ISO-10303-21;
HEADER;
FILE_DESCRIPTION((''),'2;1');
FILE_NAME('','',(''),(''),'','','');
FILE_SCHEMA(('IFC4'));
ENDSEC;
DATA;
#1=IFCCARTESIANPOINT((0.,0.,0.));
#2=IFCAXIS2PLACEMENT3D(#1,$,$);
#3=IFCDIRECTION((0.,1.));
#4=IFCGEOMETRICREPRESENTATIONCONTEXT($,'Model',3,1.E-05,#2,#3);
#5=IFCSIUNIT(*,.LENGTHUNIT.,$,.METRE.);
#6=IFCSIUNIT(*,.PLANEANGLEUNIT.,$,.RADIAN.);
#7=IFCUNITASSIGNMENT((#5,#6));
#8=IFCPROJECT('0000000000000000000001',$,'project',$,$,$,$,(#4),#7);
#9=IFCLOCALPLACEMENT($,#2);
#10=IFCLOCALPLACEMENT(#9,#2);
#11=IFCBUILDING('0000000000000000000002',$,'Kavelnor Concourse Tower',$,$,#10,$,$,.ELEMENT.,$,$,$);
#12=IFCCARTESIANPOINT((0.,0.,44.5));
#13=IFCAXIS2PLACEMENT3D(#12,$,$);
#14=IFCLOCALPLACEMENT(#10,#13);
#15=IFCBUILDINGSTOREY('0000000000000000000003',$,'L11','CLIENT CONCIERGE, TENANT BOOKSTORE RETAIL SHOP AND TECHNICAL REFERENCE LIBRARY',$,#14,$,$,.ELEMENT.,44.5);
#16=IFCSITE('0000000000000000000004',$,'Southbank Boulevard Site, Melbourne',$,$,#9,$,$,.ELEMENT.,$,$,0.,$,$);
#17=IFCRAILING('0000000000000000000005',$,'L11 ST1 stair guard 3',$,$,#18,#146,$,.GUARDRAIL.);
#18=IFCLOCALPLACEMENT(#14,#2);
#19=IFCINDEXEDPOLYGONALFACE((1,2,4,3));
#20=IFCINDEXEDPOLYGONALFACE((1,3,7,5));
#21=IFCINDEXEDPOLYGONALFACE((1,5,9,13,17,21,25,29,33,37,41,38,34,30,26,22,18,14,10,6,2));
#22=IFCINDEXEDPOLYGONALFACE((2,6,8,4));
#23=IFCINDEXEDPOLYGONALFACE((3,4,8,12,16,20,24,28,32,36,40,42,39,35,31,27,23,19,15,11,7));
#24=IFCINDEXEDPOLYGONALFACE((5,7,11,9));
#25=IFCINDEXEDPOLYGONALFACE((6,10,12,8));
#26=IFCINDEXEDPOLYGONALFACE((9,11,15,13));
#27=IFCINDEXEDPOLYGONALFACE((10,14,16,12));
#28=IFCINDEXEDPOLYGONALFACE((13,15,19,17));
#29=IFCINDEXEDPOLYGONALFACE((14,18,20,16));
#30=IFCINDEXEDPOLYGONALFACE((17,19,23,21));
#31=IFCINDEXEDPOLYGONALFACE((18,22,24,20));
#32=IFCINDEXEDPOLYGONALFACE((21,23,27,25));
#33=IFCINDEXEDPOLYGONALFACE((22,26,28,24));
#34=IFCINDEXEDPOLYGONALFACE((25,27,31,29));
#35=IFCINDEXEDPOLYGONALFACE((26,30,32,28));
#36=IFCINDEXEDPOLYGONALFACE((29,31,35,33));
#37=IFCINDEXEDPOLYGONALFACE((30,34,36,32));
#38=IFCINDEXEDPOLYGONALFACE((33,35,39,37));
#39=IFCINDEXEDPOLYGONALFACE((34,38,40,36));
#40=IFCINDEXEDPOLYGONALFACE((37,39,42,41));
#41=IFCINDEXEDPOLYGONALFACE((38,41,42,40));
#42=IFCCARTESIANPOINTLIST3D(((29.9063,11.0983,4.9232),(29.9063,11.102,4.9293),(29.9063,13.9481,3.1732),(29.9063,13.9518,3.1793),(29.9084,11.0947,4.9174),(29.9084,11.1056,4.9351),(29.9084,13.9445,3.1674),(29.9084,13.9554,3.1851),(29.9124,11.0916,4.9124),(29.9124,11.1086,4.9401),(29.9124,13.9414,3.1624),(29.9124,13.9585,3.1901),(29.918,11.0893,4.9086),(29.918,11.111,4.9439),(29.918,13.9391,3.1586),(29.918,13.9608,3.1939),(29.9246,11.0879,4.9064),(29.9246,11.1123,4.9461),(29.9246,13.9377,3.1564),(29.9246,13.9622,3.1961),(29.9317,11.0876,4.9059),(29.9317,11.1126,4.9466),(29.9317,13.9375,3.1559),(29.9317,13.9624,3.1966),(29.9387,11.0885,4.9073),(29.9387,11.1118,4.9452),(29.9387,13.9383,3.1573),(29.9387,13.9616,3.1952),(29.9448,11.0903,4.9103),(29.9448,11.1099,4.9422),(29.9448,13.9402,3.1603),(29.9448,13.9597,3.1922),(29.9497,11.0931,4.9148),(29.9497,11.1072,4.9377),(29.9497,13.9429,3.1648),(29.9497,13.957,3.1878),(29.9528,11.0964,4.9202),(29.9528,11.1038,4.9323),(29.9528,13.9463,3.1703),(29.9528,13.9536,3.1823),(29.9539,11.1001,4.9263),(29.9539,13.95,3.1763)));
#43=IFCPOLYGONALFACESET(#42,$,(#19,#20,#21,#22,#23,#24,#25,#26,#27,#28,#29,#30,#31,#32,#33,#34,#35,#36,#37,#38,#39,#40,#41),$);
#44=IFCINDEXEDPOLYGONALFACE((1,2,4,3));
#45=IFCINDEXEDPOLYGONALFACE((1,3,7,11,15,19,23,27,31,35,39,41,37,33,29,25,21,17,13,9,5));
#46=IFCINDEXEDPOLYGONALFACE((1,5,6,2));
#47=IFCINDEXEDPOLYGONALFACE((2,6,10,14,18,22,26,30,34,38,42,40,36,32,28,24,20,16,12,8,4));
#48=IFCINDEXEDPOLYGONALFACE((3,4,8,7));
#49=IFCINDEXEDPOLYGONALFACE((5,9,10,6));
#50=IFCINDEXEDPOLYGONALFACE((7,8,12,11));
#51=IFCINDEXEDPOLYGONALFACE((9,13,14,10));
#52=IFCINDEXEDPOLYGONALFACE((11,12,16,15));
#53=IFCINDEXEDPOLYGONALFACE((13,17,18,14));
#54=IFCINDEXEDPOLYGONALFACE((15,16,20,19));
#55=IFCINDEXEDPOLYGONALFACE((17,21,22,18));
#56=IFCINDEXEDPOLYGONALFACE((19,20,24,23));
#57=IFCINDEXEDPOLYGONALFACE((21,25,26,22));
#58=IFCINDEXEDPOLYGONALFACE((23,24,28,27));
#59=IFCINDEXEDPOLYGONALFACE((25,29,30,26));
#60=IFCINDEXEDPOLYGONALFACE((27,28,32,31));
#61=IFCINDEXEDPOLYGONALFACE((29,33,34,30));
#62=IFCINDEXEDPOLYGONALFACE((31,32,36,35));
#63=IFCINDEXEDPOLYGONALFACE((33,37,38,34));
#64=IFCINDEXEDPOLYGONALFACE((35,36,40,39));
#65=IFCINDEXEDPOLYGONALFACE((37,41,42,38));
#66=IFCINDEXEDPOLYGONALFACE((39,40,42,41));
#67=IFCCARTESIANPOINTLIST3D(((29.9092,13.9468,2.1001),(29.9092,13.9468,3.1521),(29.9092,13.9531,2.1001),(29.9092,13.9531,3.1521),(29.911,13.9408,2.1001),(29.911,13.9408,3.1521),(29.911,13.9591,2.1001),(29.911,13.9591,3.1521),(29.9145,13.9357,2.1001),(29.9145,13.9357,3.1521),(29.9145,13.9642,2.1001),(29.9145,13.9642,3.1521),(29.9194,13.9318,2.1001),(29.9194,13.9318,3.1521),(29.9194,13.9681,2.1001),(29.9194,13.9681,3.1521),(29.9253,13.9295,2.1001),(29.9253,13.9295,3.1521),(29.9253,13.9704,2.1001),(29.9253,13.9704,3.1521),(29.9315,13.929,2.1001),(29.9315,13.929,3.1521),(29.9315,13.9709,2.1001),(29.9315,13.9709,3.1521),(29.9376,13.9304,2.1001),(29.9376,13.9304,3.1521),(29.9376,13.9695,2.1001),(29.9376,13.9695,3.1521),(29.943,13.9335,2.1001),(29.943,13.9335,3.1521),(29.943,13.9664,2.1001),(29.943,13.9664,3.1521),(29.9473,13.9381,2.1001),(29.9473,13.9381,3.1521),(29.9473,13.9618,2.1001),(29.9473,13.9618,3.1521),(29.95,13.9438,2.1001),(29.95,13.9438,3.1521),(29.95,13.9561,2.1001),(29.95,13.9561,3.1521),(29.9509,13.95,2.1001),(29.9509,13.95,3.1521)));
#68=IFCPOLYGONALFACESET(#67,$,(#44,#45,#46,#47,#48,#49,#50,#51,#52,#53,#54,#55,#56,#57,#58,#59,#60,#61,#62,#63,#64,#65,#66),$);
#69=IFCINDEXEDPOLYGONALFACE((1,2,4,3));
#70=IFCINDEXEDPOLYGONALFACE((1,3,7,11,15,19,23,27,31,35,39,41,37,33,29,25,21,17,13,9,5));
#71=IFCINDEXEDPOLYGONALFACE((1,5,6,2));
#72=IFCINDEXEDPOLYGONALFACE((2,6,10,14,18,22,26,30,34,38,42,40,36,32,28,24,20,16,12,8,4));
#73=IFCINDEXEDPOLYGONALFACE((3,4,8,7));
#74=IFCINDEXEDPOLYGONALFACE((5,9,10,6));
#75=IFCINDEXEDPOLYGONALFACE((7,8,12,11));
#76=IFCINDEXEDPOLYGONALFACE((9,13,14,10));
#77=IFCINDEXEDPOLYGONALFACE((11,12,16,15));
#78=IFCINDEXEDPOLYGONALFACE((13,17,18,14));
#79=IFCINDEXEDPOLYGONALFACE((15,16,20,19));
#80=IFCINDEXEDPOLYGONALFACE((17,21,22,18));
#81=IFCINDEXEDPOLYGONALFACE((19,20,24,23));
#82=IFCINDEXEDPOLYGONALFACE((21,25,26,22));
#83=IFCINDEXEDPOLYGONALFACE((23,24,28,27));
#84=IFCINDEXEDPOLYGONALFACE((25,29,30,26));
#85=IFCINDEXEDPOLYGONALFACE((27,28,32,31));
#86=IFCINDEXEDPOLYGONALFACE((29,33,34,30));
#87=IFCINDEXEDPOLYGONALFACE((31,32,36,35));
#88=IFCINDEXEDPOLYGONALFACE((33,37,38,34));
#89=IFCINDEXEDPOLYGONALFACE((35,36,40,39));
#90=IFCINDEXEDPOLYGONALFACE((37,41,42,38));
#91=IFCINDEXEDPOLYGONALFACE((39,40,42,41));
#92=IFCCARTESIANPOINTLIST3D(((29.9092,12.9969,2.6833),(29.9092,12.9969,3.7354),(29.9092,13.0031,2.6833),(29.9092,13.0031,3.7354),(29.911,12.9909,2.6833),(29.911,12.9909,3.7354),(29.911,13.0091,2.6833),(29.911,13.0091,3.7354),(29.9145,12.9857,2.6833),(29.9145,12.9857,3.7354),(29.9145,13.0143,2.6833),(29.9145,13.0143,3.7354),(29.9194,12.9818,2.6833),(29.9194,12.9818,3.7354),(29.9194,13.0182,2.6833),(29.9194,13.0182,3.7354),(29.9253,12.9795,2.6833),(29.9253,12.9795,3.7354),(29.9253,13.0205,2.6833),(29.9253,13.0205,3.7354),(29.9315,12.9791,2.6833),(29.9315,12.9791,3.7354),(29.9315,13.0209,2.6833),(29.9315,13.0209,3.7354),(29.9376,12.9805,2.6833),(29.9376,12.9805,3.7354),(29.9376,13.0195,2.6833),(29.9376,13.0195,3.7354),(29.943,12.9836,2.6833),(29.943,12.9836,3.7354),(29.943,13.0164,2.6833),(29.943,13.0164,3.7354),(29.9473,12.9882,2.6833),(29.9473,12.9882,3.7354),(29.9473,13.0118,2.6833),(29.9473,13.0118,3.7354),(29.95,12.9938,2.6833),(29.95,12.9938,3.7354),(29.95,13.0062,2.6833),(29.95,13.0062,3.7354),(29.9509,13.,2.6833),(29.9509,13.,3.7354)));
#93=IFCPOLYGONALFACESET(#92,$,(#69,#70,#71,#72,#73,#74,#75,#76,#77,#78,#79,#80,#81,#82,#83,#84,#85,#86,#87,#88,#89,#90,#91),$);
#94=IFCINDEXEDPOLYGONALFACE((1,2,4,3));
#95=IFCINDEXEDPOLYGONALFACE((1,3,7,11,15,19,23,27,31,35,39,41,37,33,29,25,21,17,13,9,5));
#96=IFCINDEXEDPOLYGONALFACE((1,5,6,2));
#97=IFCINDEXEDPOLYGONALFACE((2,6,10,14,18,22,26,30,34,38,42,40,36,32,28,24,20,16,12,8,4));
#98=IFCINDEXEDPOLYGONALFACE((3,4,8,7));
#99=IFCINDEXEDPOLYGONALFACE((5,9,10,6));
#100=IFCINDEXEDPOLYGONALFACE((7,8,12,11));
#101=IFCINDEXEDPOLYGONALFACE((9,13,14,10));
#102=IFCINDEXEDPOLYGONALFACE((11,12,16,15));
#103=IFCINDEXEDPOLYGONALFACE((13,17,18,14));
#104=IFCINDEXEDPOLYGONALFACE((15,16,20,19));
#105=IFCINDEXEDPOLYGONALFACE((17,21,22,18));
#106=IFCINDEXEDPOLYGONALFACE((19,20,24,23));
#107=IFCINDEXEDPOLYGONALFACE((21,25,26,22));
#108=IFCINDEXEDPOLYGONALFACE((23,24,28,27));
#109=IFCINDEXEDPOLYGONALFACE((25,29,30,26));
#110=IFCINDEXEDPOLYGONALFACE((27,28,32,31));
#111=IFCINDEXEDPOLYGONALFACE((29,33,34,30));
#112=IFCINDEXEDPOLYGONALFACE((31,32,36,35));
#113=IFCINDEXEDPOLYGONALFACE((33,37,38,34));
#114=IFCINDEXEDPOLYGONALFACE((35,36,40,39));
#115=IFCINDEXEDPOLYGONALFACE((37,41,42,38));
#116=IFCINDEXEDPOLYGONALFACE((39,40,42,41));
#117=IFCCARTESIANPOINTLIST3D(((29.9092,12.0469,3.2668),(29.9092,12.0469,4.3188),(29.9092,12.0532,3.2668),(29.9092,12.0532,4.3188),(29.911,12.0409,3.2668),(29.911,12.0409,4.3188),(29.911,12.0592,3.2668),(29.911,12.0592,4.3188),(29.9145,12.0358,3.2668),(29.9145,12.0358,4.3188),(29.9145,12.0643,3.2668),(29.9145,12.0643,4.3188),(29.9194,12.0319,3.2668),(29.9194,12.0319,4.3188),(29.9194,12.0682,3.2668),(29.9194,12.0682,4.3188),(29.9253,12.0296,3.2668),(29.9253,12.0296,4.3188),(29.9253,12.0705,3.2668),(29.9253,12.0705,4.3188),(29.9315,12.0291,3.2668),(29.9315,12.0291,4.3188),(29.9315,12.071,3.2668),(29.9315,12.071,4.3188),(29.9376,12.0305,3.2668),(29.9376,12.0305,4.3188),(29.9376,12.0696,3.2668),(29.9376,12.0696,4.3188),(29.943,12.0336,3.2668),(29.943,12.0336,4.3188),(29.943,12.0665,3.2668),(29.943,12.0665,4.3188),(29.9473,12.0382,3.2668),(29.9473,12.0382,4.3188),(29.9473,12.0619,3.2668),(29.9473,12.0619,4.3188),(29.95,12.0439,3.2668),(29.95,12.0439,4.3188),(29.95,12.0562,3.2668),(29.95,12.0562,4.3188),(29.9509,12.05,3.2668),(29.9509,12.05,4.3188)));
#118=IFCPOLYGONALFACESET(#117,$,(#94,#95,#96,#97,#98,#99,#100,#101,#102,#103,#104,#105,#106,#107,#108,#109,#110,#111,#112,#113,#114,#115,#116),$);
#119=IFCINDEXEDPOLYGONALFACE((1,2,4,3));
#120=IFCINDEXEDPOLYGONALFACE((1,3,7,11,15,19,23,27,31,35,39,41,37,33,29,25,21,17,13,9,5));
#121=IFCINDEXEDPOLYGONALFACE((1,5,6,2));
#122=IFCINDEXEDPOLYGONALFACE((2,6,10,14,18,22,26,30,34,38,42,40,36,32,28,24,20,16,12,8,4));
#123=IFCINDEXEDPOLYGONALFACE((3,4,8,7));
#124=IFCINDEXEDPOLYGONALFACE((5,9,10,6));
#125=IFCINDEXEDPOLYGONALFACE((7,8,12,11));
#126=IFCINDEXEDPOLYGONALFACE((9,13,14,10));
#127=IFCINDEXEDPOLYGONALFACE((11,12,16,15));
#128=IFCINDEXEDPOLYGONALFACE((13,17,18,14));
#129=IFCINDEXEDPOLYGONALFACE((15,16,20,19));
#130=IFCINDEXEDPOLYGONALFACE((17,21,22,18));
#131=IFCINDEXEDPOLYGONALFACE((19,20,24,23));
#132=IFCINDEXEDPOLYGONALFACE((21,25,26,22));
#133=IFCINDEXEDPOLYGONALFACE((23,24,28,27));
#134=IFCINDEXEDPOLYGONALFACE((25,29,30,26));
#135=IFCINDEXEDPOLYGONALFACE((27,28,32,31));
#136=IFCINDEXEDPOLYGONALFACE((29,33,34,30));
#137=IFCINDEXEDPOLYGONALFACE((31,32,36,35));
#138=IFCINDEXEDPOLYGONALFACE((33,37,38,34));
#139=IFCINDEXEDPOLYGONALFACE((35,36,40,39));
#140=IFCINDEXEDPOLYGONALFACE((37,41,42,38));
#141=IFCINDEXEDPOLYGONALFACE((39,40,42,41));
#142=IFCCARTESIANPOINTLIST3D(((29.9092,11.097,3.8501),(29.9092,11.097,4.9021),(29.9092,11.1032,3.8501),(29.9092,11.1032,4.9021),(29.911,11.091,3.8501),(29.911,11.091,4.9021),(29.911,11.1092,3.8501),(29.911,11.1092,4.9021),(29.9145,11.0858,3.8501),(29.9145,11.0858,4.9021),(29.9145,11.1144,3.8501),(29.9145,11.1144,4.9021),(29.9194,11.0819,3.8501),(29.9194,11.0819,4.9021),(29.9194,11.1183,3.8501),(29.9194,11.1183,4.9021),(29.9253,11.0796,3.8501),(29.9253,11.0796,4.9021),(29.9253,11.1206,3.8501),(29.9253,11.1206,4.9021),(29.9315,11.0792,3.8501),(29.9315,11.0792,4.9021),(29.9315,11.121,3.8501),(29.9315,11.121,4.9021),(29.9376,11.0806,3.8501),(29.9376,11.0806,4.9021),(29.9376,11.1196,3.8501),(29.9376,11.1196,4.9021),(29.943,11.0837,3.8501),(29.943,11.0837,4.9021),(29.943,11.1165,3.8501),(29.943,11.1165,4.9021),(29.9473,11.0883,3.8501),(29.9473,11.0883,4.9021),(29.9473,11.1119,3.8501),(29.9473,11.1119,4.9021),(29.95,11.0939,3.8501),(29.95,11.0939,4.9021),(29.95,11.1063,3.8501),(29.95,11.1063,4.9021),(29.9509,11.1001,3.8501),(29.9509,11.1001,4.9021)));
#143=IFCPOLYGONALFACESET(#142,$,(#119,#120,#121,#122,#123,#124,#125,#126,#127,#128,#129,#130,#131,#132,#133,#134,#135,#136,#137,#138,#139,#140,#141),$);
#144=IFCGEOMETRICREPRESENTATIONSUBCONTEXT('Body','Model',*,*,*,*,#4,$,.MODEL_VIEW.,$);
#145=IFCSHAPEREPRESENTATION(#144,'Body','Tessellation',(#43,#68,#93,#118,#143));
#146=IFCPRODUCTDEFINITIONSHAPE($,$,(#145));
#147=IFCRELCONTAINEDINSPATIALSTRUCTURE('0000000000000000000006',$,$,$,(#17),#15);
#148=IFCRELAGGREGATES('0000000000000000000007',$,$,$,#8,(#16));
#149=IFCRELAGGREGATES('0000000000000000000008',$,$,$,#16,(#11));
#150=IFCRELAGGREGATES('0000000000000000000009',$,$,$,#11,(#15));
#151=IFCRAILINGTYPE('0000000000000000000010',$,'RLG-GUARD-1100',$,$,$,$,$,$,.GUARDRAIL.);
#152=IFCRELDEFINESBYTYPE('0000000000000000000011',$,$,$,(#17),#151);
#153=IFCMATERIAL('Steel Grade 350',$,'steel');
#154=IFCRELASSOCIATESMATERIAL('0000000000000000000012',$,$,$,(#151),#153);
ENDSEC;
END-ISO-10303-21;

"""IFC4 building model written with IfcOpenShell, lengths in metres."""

from ifc_helpers import new_model, si_unit, direction, frame, origin, origin_2d, place, context, subcontext, project, spatial, circle, extrude, material, type_object, element, save


model = new_model("IFC4")

# Units and contexts
model_context = context("Model", 3, precision=1e-05, world=origin(), true_north=direction((0.0, 1.0)))
body_context = subcontext(model_context, "Body", "Model", "MODEL_VIEW")
ifc_project = project(units=[si_unit("LENGTHUNIT", "METRE"), si_unit("PLANEANGLEUNIT", "RADIAN")], contexts=[model_context])

# Site, building, storey
site_placement = place(None, origin())
site = spatial("IfcSite", under=ifc_project, at=site_placement, Name="Southbank Boulevard Site, Melbourne", CompositionType="ELEMENT", RefElevation=0.0)
building_placement = place(site_placement, origin())
building = spatial("IfcBuilding", under=site, at=building_placement, Name="Kavelnor Concourse Tower", CompositionType="ELEMENT")
storey_placement = place(building_placement, frame((0.0, 0.0, 44.5)))
storey = spatial("IfcBuildingStorey", under=building, at=storey_placement, Name="L11", Description="CLIENT CONCIERGE, TENANT BOOKSTORE RETAIL SHOP AND TECHNICAL REFERENCE LIBRARY", CompositionType="ELEMENT", Elevation=44.5)

# Shared definitions
ifc_material_1 = material(Name="Steel Grade 350", Category="steel")

# Railing
railing_type_1 = type_object("IfcRailingType", Name="RLG-GUARD-1100", PredefinedType="GUARDRAIL", material=ifc_material_1)
railing_1_placement = place(storey_placement, frame((29.9299, 13.95, 2.1001)))
element("IfcRailing", 1, at=railing_1_placement, inside=storey, type_object=railing_type_1, Name="L11 ST1 stair guard 3", PredefinedType="GUARDRAIL", context=body_context, shape_type="SweptSolid", body=[
    extrude(circle(Radius=0.0239, at=origin_2d()), frame((0.0, 0.0, 1.0762), z_axis=(0.0, -0.852159, 0.523283), x_axis=(1.0, 0.0, 0.0)), (0.0, 0.0, 1.0), 3.3442),
    extrude(circle(Radius=0.021, at=origin_2d()), origin(), (0.0, 0.0, 1.0), 1.052),
    extrude(circle(Radius=0.021, at=origin_2d()), frame((0.0, -0.95, 0.5833)), (0.0, 0.0, 1.0), 1.052),
    extrude(circle(Radius=0.021, at=origin_2d()), frame((0.0, -1.8999, 1.1667)), (0.0, 0.0, 1.0), 1.052),
    extrude(circle(Radius=0.021, at=origin_2d()), frame((0.0, -2.8499, 1.75)), (0.0, 0.0, 1.0), 1.052),
])

save(model, "model.ifc")
